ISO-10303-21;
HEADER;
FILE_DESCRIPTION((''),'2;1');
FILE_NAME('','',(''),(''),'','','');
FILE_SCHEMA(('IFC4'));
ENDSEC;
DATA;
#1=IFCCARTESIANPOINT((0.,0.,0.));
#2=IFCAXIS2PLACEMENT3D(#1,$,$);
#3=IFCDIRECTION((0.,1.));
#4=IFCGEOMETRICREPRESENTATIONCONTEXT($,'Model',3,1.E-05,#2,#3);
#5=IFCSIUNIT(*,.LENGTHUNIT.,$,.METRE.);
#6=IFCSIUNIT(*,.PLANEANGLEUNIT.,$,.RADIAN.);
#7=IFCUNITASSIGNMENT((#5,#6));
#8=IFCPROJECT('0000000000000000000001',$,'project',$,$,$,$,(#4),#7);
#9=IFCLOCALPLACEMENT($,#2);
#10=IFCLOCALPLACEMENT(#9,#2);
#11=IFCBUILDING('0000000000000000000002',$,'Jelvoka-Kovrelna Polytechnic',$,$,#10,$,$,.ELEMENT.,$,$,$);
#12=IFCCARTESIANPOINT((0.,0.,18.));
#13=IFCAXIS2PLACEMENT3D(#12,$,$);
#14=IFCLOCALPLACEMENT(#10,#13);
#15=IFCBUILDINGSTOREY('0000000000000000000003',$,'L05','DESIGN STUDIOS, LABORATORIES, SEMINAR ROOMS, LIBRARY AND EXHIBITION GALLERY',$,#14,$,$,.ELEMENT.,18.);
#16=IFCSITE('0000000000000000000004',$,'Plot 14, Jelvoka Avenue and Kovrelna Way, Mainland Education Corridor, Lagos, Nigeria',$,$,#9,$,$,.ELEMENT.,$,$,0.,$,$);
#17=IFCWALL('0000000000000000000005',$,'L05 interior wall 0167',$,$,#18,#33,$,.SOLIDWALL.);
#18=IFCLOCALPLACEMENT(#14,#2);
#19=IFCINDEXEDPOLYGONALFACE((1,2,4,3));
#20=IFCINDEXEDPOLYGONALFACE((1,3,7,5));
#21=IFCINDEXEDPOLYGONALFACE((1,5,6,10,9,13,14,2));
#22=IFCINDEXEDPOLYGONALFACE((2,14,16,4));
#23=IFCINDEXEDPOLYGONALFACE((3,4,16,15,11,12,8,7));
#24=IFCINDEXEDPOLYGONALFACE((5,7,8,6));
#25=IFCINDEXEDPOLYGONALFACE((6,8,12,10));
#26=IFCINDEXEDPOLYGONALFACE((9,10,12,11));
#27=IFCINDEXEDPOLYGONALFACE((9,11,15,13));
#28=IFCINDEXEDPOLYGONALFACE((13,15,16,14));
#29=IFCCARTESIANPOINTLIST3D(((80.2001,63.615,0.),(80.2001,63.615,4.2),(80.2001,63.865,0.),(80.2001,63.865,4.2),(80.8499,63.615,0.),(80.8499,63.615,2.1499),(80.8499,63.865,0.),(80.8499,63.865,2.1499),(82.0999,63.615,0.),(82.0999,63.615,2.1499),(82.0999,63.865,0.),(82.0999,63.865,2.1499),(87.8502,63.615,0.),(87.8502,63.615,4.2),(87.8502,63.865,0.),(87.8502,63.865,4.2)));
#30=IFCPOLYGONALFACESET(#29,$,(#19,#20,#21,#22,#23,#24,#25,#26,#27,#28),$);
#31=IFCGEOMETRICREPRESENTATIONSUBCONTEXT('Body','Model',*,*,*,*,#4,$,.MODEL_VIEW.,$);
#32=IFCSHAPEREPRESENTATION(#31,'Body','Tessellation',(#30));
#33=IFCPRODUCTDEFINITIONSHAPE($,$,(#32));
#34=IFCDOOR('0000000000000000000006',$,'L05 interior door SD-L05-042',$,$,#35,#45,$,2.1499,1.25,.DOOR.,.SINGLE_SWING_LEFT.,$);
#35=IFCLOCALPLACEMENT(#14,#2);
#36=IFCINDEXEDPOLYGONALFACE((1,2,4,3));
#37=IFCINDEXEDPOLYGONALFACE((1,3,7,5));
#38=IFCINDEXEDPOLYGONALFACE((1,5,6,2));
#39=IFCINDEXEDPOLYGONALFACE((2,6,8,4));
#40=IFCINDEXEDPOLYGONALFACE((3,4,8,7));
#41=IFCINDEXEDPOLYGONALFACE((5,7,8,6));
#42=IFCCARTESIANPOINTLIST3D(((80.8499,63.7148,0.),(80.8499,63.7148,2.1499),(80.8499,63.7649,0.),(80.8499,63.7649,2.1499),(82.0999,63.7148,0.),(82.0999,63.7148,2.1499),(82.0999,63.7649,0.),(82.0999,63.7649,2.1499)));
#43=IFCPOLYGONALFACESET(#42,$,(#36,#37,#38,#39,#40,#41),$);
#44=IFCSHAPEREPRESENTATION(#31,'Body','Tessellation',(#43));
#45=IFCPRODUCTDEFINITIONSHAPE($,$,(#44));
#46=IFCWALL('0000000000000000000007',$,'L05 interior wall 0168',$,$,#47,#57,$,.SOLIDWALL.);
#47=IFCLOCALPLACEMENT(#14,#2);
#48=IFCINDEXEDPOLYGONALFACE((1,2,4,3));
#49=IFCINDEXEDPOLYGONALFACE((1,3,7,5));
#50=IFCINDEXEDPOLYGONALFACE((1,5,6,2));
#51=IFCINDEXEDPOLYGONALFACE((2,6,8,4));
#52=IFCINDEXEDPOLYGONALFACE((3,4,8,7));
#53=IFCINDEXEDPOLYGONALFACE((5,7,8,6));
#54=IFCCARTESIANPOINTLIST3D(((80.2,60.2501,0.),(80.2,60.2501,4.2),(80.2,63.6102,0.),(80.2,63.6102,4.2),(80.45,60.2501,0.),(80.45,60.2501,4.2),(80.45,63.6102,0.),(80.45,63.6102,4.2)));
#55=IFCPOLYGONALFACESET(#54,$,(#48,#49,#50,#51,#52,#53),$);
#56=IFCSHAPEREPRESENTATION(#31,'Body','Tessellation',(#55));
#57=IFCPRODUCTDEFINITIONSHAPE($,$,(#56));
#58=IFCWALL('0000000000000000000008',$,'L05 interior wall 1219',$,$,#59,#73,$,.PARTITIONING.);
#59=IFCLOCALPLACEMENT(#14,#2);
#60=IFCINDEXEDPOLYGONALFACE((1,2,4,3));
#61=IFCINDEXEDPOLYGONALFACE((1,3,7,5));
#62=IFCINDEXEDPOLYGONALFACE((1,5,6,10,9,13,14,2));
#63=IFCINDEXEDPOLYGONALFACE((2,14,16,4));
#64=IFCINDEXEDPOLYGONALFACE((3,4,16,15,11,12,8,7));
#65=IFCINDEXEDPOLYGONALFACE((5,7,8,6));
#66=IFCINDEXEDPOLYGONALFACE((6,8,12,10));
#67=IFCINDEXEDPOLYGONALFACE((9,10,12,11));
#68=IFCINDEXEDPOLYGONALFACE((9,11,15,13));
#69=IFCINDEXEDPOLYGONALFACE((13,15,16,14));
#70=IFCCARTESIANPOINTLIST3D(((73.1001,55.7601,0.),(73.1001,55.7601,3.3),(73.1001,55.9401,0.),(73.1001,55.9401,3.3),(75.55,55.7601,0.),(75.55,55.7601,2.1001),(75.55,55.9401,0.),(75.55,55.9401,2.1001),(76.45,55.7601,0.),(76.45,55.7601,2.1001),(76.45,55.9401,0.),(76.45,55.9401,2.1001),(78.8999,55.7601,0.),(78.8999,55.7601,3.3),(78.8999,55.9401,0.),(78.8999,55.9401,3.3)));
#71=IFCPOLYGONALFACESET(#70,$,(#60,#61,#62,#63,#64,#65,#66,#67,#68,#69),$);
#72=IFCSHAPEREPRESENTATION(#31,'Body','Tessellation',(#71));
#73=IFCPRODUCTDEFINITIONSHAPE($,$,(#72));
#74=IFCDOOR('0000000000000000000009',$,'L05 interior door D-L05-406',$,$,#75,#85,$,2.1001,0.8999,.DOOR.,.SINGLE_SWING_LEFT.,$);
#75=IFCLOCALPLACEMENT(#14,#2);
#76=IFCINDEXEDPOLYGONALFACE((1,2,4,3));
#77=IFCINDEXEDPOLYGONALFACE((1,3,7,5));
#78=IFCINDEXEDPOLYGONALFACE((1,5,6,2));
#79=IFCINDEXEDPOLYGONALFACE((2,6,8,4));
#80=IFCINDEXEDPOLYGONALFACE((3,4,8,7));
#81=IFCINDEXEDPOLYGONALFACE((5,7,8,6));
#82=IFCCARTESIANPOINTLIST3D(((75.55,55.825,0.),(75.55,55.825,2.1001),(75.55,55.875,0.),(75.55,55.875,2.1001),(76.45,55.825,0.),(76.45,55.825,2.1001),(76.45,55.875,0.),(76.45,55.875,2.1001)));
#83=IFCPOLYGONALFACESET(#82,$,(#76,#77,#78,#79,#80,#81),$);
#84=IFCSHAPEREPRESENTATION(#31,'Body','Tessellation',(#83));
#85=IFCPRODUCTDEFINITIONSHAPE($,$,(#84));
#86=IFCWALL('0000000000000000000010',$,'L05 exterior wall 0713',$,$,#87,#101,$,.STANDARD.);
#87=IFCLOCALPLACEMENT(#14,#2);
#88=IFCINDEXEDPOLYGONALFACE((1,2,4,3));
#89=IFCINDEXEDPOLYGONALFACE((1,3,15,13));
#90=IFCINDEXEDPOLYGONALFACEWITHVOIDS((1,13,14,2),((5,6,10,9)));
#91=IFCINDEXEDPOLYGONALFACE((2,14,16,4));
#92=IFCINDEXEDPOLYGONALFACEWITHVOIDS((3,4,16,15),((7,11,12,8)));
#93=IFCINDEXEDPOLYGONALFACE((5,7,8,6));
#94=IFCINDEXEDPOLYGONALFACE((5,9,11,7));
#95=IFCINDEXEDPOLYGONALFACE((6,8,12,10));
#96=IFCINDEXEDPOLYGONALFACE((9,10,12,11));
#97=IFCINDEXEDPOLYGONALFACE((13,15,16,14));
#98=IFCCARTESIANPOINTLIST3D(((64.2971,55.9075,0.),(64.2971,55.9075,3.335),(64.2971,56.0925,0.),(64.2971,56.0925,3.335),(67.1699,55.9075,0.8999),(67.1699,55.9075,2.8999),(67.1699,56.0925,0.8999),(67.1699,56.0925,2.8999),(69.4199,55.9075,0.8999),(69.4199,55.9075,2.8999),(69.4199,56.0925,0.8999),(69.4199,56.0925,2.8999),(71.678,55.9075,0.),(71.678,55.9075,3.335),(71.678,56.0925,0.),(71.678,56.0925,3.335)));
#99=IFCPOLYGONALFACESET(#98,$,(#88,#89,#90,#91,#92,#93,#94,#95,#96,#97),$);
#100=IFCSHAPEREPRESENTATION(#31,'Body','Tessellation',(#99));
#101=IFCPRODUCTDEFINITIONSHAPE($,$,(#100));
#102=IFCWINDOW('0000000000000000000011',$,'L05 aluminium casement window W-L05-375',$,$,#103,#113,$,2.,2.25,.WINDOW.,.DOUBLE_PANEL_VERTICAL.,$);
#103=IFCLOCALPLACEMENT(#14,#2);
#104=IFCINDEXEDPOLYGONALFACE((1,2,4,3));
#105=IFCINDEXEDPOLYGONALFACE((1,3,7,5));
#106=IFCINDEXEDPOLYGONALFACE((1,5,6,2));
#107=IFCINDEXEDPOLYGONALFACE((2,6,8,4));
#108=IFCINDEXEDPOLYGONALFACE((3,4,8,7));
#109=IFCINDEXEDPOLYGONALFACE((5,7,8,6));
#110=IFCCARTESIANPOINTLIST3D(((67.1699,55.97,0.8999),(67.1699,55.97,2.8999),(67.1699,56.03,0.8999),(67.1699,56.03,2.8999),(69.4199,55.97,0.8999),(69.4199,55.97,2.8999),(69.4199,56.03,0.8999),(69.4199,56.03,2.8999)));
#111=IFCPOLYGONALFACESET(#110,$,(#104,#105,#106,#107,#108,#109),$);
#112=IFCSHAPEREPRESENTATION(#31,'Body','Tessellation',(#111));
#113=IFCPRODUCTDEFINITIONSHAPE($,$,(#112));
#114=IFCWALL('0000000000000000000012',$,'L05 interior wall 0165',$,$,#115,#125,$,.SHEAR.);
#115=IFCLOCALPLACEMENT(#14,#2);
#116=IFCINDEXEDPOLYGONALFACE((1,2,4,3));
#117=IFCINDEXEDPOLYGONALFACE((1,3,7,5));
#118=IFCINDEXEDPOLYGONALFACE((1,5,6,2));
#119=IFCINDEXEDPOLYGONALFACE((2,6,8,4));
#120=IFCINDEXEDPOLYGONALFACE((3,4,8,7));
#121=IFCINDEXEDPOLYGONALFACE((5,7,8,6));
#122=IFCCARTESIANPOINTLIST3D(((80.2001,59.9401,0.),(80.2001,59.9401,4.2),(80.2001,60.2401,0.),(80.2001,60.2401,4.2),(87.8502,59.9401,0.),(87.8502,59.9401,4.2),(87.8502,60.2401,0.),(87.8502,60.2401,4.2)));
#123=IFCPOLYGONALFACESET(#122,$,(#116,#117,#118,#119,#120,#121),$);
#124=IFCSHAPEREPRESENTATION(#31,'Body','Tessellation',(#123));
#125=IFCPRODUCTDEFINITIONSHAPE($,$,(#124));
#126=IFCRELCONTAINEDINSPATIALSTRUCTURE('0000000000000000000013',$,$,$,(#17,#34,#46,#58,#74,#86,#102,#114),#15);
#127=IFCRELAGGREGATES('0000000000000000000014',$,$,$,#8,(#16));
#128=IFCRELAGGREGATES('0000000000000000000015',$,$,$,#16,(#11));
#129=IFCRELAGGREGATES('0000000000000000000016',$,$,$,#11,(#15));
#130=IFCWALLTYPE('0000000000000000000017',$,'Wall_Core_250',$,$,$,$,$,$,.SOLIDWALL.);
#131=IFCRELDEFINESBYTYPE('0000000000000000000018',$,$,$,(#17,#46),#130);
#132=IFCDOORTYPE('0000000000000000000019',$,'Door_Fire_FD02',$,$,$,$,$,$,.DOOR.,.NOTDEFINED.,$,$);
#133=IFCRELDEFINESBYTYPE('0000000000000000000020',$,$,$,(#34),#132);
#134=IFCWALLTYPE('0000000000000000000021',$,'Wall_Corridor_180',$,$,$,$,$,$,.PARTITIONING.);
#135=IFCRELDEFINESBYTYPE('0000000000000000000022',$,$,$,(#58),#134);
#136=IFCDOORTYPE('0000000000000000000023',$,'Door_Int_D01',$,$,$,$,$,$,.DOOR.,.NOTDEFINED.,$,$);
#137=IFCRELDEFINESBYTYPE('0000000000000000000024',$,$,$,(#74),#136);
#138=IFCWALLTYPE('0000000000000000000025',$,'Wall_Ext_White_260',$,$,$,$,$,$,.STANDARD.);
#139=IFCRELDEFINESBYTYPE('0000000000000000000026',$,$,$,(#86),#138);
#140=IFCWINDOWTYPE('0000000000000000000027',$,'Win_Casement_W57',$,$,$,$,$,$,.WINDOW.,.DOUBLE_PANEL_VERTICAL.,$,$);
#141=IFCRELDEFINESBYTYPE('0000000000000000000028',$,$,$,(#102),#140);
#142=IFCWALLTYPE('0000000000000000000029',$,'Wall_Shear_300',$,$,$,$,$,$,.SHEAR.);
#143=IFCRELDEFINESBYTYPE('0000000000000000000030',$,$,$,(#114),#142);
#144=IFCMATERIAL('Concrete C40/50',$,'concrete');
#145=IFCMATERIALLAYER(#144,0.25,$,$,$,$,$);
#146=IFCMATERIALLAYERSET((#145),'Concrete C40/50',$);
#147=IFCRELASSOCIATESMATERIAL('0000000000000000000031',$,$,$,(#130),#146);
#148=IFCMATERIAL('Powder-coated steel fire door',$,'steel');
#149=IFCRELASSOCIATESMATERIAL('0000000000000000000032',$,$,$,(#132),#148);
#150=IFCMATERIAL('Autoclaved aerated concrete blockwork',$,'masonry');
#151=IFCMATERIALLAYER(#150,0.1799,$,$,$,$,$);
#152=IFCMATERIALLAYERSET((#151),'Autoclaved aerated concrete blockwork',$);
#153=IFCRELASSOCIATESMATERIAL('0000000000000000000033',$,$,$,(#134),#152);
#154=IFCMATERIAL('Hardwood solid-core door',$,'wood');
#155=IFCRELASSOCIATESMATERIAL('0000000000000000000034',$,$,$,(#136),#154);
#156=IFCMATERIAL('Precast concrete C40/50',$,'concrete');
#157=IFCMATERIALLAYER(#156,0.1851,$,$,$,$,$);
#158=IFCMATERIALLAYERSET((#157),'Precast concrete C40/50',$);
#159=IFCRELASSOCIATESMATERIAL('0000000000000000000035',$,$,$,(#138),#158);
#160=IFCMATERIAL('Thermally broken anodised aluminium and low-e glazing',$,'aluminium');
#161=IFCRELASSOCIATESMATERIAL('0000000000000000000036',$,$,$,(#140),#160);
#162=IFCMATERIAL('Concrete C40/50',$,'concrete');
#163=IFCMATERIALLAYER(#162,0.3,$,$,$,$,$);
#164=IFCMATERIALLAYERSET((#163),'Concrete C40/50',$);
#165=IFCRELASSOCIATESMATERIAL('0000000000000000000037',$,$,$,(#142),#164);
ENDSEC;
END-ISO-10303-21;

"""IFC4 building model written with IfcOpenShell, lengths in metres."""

from ifc_helpers import new_model, si_unit, direction, frame, frame_2d, origin, place, context, subcontext, project, spatial, rectangle, extrude, material, layer, layer_set, type_object, element, fill, save


model = new_model("IFC4")

# Units and contexts
model_context = context("Model", 3, precision=1e-05, world=origin(), true_north=direction((0.0, 1.0)))
body_context = subcontext(model_context, "Body", "Model", "MODEL_VIEW")
ifc_project = project(units=[si_unit("LENGTHUNIT", "METRE"), si_unit("PLANEANGLEUNIT", "RADIAN")], contexts=[model_context])

# Site, building, storey
site_placement = place(None, origin())
site = spatial("IfcSite", under=ifc_project, at=site_placement, Name="Plot 14, Jelvoka Avenue and Kovrelna Way, Mainland Education Corridor, Lagos, Nigeria", CompositionType="ELEMENT", RefElevation=0.0)
building_placement = place(site_placement, origin())
building = spatial("IfcBuilding", under=site, at=building_placement, Name="Jelvoka-Kovrelna Polytechnic", CompositionType="ELEMENT")
storey_placement = place(building_placement, frame((0.0, 0.0, 18.0)))
storey = spatial("IfcBuildingStorey", under=building, at=storey_placement, Name="L05", Description="DESIGN STUDIOS, LABORATORIES, SEMINAR ROOMS, LIBRARY AND EXHIBITION GALLERY", CompositionType="ELEMENT", Elevation=18.0)

# Wall, opening, door
ifc_material_1 = material(Name="Concrete C40/50", Category="concrete")
ifc_layer_1 = layer(ifc_material_1, 0.25)
ifc_layer_set_1 = layer_set([ifc_layer_1], Name="Concrete C40/50")
wall_type_1 = type_object("IfcWallType", Name="Wall_Core_250", PredefinedType="SOLIDWALL", material=ifc_layer_set_1)
wall_1_placement = place(storey_placement, frame((80.2, 63.74, 0.0), z_axis=(0.0, 0.0, 1.0), x_axis=(1.0, 0.0, 0.0)))
wall_1 = element("IfcWall", 1, at=wall_1_placement, inside=storey, type_object=wall_type_1, Name="L05 interior wall 0167", PredefinedType="SOLIDWALL", context=body_context, shape_type="SweptSolid", body=[
    extrude(rectangle(XDim=7.6501, YDim=0.25, at=frame_2d((3.8252, 0.0))), origin(), (0.0, 0.0, 1.0), 4.2),
])
opening_1_placement = place(wall_1_placement, frame((0.6499, 0.0, 0.0)))
opening_1 = element("IfcOpeningElement", 2, at=opening_1_placement, cuts=wall_1, PredefinedType="OPENING", context=body_context, shape_type="SweptSolid", body=[
    extrude(rectangle(XDim=1.25, YDim=2.1499, at=frame_2d((0.625, 1.075))), frame((0.0, 0.135, 0.0), z_axis=(0.0, -1.0, 0.0), x_axis=(1.0, 0.0, 0.0)), (0.0, 0.0, 1.0), 0.27),
])
ifc_material_2 = material(Name="Powder-coated steel fire door", Category="steel")
door_type_1 = type_object("IfcDoorType", Name="Door_Fire_FD02", OperationType="NOTDEFINED", PredefinedType="DOOR", material=ifc_material_2)
door_1_placement = place(opening_1_placement, origin())
door_1 = element("IfcDoor", 3, at=door_1_placement, inside=storey, type_object=door_type_1, Name="L05 interior door SD-L05-042", OperationType="SINGLE_SWING_LEFT", OverallHeight=2.1499, OverallWidth=1.25, PredefinedType="DOOR", context=body_context, shape_type="SweptSolid", body=[
    extrude(rectangle(XDim=1.25, YDim=2.1499, at=frame_2d((0.625, 1.075))), frame((0.0, 0.0249, 0.0), z_axis=(0.0, -1.0, 0.0), x_axis=(1.0, 0.0, 0.0)), (0.0, 0.0, 1.0), 0.05),
])
fill(opening_1, door_1)

# Wall
wall_2_placement = place(storey_placement, frame((80.325, 60.25, 0.0), z_axis=(0.0, 0.0, 1.0), x_axis=(0.0, 1.0, 0.0)))
element("IfcWall", 4, at=wall_2_placement, inside=storey, type_object=wall_type_1, Name="L05 interior wall 0168", PredefinedType="SOLIDWALL", context=body_context, shape_type="SweptSolid", body=[
    extrude(rectangle(XDim=3.3601, YDim=0.25, at=frame_2d((1.6802, 0.0))), origin(), (0.0, 0.0, 1.0), 4.2),
])

# Wall, opening, door
ifc_material_3 = material(Name="Autoclaved aerated concrete blockwork", Category="masonry")
ifc_layer_2 = layer(ifc_material_3, 0.1799)
ifc_layer_set_2 = layer_set([ifc_layer_2], Name="Autoclaved aerated concrete blockwork")
wall_type_2 = type_object("IfcWallType", Name="Wall_Corridor_180", PredefinedType="PARTITIONING", material=ifc_layer_set_2)
wall_3_placement = place(storey_placement, frame((73.1001, 55.8501, 0.0), z_axis=(0.0, 0.0, 1.0), x_axis=(1.0, 0.0, 0.0)))
wall_3 = element("IfcWall", 5, at=wall_3_placement, inside=storey, type_object=wall_type_2, Name="L05 interior wall 1219", PredefinedType="PARTITIONING", context=body_context, shape_type="SweptSolid", body=[
    extrude(rectangle(XDim=5.7998, YDim=0.1799, at=frame_2d((2.8999, 0.0))), origin(), (0.0, 0.0, 1.0), 3.3),
])
opening_2_placement = place(wall_3_placement, frame((2.45, 0.0, 0.0)))
opening_2 = element("IfcOpeningElement", 6, at=opening_2_placement, cuts=wall_3, PredefinedType="OPENING", context=body_context, shape_type="SweptSolid", body=[
    extrude(rectangle(XDim=0.8999, YDim=2.1001, at=frame_2d((0.45, 1.05))), frame((0.0, 0.0999, 0.0), z_axis=(0.0, -1.0, 0.0), x_axis=(1.0, 0.0, 0.0)), (0.0, 0.0, 1.0), 0.2),
])
ifc_material_4 = material(Name="Hardwood solid-core door", Category="wood")
door_type_2 = type_object("IfcDoorType", Name="Door_Int_D01", OperationType="NOTDEFINED", PredefinedType="DOOR", material=ifc_material_4)
door_2_placement = place(opening_2_placement, origin())
door_2 = element("IfcDoor", 7, at=door_2_placement, inside=storey, type_object=door_type_2, Name="L05 interior door D-L05-406", OperationType="SINGLE_SWING_LEFT", OverallHeight=2.1001, OverallWidth=0.8999, PredefinedType="DOOR", context=body_context, shape_type="SweptSolid", body=[
    extrude(rectangle(XDim=0.8999, YDim=2.1001, at=frame_2d((0.45, 1.05))), frame((0.0, 0.0249, 0.0), z_axis=(0.0, -1.0, 0.0), x_axis=(1.0, 0.0, 0.0)), (0.0, 0.0, 1.0), 0.05),
])
fill(opening_2, door_2)

# Wall, opening, window
ifc_material_5 = material(Name="Precast concrete C40/50", Category="concrete")
ifc_layer_3 = layer(ifc_material_5, 0.1851)
ifc_layer_set_3 = layer_set([ifc_layer_3], Name="Precast concrete C40/50")
wall_type_3 = type_object("IfcWallType", Name="Wall_Ext_White_260", PredefinedType="STANDARD", material=ifc_layer_set_3)
wall_4_placement = place(storey_placement, frame((71.678, 56.0, 0.0), z_axis=(0.0, 0.0, 1.0), x_axis=(-1.0, 0.0, 0.0)))
wall_4 = element("IfcWall", 8, at=wall_4_placement, inside=storey, type_object=wall_type_3, Name="L05 exterior wall 0713", PredefinedType="STANDARD", context=body_context, shape_type="SweptSolid", body=[
    extrude(rectangle(XDim=7.3809, YDim=0.1851, at=frame_2d((3.6904, 0.0))), origin(), (0.0, 0.0, 1.0), 3.335),
])
opening_3_placement = place(wall_4_placement, frame((2.2581, 0.0, 0.8999)))
opening_3 = element("IfcOpeningElement", 9, at=opening_3_placement, cuts=wall_4, PredefinedType="OPENING", context=body_context, shape_type="SweptSolid", body=[
    extrude(rectangle(XDim=2.25, YDim=2.0, at=frame_2d((1.125, 1.0))), frame((0.0, 0.1025, 0.0), z_axis=(0.0, -1.0, 0.0), x_axis=(1.0, 0.0, 0.0)), (0.0, 0.0, 1.0), 0.2051),
])
ifc_material_6 = material(Name="Thermally broken anodised aluminium and low-e glazing", Category="aluminium")
window_type = type_object("IfcWindowType", Name="Win_Casement_W57", PartitioningType="DOUBLE_PANEL_VERTICAL", PredefinedType="WINDOW", material=ifc_material_6)
window_placement = place(opening_3_placement, origin())
window = element("IfcWindow", 10, at=window_placement, inside=storey, type_object=window_type, Name="L05 aluminium casement window W-L05-375", OverallHeight=2.0, OverallWidth=2.25, PartitioningType="DOUBLE_PANEL_VERTICAL", PredefinedType="WINDOW", context=body_context, shape_type="SweptSolid", body=[
    extrude(rectangle(XDim=2.25, YDim=2.0, at=frame_2d((1.125, 1.0))), frame((0.0, 0.03, 0.0), z_axis=(0.0, -1.0, 0.0), x_axis=(1.0, 0.0, 0.0)), (0.0, 0.0, 1.0), 0.0601),
])
fill(opening_3, window)

# Wall
ifc_material_7 = material(Name="Concrete C40/50", Category="concrete")
ifc_layer_4 = layer(ifc_material_7, 0.3)
ifc_layer_set_4 = layer_set([ifc_layer_4], Name="Concrete C40/50")
wall_type_4 = type_object("IfcWallType", Name="Wall_Shear_300", PredefinedType="SHEAR", material=ifc_layer_set_4)
wall_5_placement = place(storey_placement, frame((80.2, 60.0901, 0.0), z_axis=(0.0, 0.0, 1.0), x_axis=(1.0, 0.0, 0.0)))
element("IfcWall", 11, at=wall_5_placement, inside=storey, type_object=wall_type_4, Name="L05 interior wall 0165", PredefinedType="SHEAR", context=body_context, shape_type="SweptSolid", body=[
    extrude(rectangle(XDim=7.6501, YDim=0.3, at=frame_2d((3.8252, 0.0))), origin(), (0.0, 0.0, 1.0), 4.2),
])

save(model, "model.ifc")
